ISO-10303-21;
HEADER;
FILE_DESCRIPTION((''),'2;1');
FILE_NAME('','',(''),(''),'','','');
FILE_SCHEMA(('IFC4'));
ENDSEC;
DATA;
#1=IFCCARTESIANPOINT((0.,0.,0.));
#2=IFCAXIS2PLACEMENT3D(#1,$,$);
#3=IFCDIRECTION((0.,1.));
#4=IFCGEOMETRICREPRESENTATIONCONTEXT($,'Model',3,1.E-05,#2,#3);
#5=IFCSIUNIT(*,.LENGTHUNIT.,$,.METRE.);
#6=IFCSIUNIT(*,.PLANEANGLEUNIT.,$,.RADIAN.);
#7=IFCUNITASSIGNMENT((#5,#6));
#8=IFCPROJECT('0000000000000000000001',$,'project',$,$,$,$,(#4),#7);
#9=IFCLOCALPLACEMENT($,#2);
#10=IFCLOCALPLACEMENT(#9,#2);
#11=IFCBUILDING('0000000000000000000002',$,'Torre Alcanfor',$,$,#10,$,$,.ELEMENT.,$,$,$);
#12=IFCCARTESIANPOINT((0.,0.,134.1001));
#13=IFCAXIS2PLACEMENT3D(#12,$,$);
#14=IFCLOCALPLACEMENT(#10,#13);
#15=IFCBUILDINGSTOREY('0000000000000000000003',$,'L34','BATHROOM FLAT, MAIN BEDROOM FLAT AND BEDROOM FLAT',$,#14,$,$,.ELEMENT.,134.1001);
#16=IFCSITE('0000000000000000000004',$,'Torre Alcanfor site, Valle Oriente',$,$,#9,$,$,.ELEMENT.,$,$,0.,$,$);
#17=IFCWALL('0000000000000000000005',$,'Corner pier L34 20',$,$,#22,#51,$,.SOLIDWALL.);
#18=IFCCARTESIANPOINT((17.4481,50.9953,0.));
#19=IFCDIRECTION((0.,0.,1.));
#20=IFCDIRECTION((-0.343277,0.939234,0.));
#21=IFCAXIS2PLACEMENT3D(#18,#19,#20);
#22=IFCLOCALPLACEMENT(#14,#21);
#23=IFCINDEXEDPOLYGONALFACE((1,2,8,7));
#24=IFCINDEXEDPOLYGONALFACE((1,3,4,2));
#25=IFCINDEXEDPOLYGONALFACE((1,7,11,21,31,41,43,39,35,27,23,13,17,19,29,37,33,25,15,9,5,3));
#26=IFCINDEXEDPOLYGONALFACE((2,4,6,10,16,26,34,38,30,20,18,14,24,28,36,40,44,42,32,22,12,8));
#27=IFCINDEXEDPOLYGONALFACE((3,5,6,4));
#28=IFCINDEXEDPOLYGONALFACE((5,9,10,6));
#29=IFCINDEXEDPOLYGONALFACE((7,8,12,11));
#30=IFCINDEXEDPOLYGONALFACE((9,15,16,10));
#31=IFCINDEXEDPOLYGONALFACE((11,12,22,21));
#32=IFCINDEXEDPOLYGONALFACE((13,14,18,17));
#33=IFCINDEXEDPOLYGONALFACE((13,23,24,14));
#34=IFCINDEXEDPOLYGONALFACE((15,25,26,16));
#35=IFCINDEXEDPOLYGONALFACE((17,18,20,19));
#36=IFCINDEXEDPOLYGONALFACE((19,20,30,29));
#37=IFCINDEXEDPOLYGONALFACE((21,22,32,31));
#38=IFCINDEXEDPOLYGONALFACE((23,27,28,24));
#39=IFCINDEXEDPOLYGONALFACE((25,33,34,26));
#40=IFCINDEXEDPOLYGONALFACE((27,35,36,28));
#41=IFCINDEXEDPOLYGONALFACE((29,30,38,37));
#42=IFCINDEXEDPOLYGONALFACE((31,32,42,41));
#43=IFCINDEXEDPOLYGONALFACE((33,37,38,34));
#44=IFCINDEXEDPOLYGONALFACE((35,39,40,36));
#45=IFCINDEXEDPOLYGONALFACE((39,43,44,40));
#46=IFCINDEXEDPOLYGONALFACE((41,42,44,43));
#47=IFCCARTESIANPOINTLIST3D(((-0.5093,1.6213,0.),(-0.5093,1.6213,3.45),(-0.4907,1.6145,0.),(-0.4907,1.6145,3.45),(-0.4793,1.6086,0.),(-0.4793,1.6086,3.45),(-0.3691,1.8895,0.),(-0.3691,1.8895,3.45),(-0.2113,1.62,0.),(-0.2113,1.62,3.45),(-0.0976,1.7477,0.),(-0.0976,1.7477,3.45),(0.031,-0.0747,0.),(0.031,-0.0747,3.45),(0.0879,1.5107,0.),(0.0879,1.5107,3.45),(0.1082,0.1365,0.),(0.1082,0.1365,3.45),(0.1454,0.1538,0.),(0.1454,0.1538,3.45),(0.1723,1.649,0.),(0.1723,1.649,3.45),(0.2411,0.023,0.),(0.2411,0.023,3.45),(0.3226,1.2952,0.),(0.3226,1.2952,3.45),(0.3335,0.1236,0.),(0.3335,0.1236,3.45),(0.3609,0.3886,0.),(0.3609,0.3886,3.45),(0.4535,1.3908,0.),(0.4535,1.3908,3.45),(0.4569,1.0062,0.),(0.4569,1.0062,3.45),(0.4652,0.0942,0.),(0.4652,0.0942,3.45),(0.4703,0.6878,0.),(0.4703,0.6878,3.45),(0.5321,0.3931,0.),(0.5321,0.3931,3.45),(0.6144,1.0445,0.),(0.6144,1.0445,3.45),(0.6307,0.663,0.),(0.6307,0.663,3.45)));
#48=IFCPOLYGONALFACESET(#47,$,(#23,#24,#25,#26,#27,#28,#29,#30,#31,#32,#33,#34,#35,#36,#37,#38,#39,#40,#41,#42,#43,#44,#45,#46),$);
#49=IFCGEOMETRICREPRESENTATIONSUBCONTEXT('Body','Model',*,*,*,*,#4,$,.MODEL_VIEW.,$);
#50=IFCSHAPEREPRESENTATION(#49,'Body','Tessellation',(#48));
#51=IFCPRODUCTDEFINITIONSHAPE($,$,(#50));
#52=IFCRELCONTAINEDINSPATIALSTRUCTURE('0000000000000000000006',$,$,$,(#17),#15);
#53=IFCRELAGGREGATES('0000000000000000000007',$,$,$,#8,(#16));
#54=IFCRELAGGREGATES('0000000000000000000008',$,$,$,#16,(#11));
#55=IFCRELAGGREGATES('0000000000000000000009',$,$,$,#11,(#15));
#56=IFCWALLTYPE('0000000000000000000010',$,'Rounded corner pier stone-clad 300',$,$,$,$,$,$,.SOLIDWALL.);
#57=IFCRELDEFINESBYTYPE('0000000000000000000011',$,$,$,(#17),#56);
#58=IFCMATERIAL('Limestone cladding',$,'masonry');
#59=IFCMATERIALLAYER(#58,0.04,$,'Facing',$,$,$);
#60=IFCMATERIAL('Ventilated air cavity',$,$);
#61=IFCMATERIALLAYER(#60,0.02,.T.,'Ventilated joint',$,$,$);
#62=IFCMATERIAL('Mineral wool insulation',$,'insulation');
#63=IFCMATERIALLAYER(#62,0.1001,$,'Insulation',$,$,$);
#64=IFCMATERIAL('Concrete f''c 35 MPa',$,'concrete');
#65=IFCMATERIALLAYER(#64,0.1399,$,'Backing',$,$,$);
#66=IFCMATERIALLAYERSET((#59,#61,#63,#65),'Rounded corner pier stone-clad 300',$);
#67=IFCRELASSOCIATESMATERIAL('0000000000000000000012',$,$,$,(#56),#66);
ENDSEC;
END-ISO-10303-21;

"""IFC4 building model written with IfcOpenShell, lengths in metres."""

from ifc_helpers import new_model, si_unit, direction, frame, origin, place, context, subcontext, project, spatial, polyline, outline, extrude, material, layer, layer_set, type_object, element, save


model = new_model("IFC4")

# Units and contexts
model_context = context("Model", 3, precision=1e-05, world=origin(), true_north=direction((0.0, 1.0)))
body_context = subcontext(model_context, "Body", "Model", "MODEL_VIEW")
ifc_project = project(units=[si_unit("LENGTHUNIT", "METRE"), si_unit("PLANEANGLEUNIT", "RADIAN")], contexts=[model_context])

# Site, building, storey
site_placement = place(None, origin())
site = spatial("IfcSite", under=ifc_project, at=site_placement, Name="Torre Alcanfor site, Valle Oriente", CompositionType="ELEMENT", RefElevation=0.0)
building_placement = place(site_placement, origin())
building = spatial("IfcBuilding", under=site, at=building_placement, Name="Torre Alcanfor", CompositionType="ELEMENT")
storey_placement = place(building_placement, frame((0.0, 0.0, 134.1001)))
storey = spatial("IfcBuildingStorey", under=building, at=storey_placement, Name="L34", Description="BATHROOM FLAT, MAIN BEDROOM FLAT AND BEDROOM FLAT", CompositionType="ELEMENT", Elevation=134.1001)

# Shared definitions
ifc_material_1 = material(Name="Limestone cladding", Category="masonry")
ifc_material_2 = material(Name="Ventilated air cavity")
ifc_material_3 = material(Name="Mineral wool insulation", Category="insulation")
ifc_material_4 = material(Name="Concrete f'c 35 MPa", Category="concrete")

# Wall
ifc_layer_1 = layer(ifc_material_1, 0.04, Name="Facing")
ifc_layer_2 = layer(ifc_material_2, 0.02, ventilated=True, Name="Ventilated joint")
ifc_layer_3 = layer(ifc_material_3, 0.1001, Name="Insulation")
ifc_layer_4 = layer(ifc_material_4, 0.1399, Name="Backing")
ifc_layer_set_1 = layer_set([ifc_layer_1, ifc_layer_2, ifc_layer_3, ifc_layer_4], Name="Rounded corner pier stone-clad 300")
wall_type_1 = type_object("IfcWallType", Name="Rounded corner pier stone-clad 300", PredefinedType="SOLIDWALL", material=ifc_layer_set_1)
wall_1_placement = place(storey_placement, frame((17.4481, 50.9953, 0.0), z_axis=(0.0, 0.0, 1.0), x_axis=(-0.343277, 0.939234, 0.0)))
element("IfcWall", 1, at=wall_1_placement, inside=storey, type_object=wall_type_1, Name="Corner pier L34 20", PredefinedType="SOLIDWALL", context=body_context, shape_type="SweptSolid", body=[
    extrude(outline(polyline([(0.2411, 0.023), (0.3335, 0.1236), (0.4652, 0.0942), (0.5321, 0.3931), (0.6307, 0.663), (0.6144, 1.0445), (0.4535, 1.3908), (0.1723, 1.649), (-0.0976, 1.7477), (-0.3691, 1.8895), (-0.5093, 1.6213), (-0.4907, 1.6145), (-0.4793, 1.6086), (-0.2113, 1.62), (0.0879, 1.5107), (0.3226, 1.2952), (0.4569, 1.0062), (0.4703, 0.6878), (0.3609, 0.3886), (0.1454, 0.1538), (0.1082, 0.1365), (0.031, -0.0747), (0.2411, 0.023)])), origin(), (0.0, 0.0, 1.0), 3.45),
])

save(model, "model.ifc")
